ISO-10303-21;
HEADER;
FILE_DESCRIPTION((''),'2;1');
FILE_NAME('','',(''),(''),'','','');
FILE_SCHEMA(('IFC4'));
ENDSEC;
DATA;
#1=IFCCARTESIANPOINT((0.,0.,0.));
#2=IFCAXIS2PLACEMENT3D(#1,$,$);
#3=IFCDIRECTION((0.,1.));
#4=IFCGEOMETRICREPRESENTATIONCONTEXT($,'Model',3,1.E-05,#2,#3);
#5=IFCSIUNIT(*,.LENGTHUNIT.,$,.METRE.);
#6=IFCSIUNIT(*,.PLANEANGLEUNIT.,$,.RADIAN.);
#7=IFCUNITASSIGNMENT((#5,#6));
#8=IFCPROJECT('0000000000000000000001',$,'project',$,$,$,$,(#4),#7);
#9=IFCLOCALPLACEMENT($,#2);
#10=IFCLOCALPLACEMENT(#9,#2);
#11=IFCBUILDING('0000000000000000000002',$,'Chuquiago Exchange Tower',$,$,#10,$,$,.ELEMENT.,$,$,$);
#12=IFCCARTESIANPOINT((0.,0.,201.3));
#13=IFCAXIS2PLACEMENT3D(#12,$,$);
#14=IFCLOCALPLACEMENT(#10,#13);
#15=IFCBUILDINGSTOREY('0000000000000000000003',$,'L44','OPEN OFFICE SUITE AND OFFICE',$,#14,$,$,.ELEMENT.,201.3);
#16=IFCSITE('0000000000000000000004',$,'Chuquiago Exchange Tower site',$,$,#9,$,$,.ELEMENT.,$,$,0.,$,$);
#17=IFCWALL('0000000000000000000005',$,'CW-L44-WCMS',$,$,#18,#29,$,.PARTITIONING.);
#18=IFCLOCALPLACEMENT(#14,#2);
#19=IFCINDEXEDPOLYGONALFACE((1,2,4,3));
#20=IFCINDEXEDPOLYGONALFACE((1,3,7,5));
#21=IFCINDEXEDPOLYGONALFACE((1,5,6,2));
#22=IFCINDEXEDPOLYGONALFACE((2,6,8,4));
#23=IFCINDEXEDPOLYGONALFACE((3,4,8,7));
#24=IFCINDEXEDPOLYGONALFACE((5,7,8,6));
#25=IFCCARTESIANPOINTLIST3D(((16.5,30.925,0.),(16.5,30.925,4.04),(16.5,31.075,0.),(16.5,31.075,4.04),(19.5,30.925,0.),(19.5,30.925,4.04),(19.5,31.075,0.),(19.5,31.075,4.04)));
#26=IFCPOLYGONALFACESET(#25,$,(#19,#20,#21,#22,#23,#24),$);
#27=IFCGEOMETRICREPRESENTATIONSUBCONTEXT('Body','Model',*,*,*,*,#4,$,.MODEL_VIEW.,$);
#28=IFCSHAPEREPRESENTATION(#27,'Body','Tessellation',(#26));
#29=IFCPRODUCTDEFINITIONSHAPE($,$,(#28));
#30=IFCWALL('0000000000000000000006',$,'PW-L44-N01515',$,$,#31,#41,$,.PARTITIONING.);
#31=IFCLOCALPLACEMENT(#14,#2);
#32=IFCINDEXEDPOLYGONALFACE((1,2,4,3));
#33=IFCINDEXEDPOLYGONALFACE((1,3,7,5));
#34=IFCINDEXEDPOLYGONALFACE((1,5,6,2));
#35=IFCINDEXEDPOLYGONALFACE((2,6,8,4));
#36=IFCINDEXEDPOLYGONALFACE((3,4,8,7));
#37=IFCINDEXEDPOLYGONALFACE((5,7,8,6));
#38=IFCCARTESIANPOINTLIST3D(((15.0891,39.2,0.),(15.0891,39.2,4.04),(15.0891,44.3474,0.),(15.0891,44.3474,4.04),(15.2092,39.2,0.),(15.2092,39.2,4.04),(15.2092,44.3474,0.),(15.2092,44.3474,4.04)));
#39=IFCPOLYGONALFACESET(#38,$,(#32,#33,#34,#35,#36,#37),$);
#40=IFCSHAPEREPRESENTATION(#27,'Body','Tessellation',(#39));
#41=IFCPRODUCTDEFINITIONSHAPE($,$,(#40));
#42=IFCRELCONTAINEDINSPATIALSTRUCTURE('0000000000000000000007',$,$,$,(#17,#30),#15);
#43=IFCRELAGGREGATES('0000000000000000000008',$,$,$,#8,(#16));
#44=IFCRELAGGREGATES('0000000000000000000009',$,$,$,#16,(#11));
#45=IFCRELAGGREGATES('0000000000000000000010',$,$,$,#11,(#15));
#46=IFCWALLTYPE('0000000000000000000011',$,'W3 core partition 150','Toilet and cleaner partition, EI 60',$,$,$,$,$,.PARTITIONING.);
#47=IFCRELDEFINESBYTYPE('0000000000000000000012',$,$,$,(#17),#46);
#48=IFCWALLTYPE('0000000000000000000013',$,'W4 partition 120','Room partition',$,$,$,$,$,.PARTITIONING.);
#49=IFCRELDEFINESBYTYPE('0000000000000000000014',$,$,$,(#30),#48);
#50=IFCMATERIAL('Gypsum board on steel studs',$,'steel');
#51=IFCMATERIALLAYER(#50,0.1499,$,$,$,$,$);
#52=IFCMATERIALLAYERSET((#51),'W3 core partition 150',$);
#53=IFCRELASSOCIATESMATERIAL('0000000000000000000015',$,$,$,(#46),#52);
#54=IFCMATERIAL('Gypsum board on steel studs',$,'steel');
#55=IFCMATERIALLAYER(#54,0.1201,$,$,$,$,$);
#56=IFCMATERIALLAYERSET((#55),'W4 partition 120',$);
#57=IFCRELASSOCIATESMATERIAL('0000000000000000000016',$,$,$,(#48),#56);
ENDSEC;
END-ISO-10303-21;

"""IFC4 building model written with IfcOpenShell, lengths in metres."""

from ifc_helpers import new_model, si_unit, direction, frame, frame_2d, origin, place, context, subcontext, project, spatial, rectangle, extrude, material, layer, layer_set, type_object, element, save


model = new_model("IFC4")

# Units and contexts
model_context = context("Model", 3, precision=1e-05, world=origin(), true_north=direction((0.0, 1.0)))
body_context = subcontext(model_context, "Body", "Model", "MODEL_VIEW")
ifc_project = project(units=[si_unit("LENGTHUNIT", "METRE"), si_unit("PLANEANGLEUNIT", "RADIAN")], contexts=[model_context])

# Site, building, storey
site_placement = place(None, origin())
site = spatial("IfcSite", under=ifc_project, at=site_placement, Name="Chuquiago Exchange Tower site", CompositionType="ELEMENT", RefElevation=0.0)
building_placement = place(site_placement, origin())
building = spatial("IfcBuilding", under=site, at=building_placement, Name="Chuquiago Exchange Tower", CompositionType="ELEMENT")
storey_placement = place(building_placement, frame((0.0, 0.0, 201.3)))
storey = spatial("IfcBuildingStorey", under=building, at=storey_placement, Name="L44", Description="OPEN OFFICE SUITE AND OFFICE", CompositionType="ELEMENT", Elevation=201.3)

# Walls
ifc_material_1 = material(Name="Gypsum board on steel studs", Category="steel")
ifc_layer_1 = layer(ifc_material_1, 0.1499)
ifc_layer_set_1 = layer_set([ifc_layer_1], Name="W3 core partition 150")
wall_type_1 = type_object("IfcWallType", Name="W3 core partition 150", Description="Toilet and cleaner partition, EI 60", PredefinedType="PARTITIONING", material=ifc_layer_set_1)
wall_1_placement = place(storey_placement, frame((16.5, 31.0, 0.0), z_axis=(0.0, 0.0, 1.0), x_axis=(1.0, 0.0, 0.0)))
element("IfcWall", 1, at=wall_1_placement, inside=storey, type_object=wall_type_1, Name="CW-L44-WCMS", PredefinedType="PARTITIONING", context=body_context, shape_type="SweptSolid", body=[
    extrude(rectangle(XDim=3.0, YDim=0.1499, at=frame_2d((1.5, 0.0))), origin(), (0.0, 0.0, 1.0), 4.04),
])
ifc_material_2 = material(Name="Gypsum board on steel studs", Category="steel")
ifc_layer_2 = layer(ifc_material_2, 0.1201)
ifc_layer_set_2 = layer_set([ifc_layer_2], Name="W4 partition 120")
wall_type_2 = type_object("IfcWallType", Name="W4 partition 120", Description="Room partition", PredefinedType="PARTITIONING", material=ifc_layer_set_2)
wall_2_placement = place(storey_placement, frame((15.1492, 44.3474, 0.0), z_axis=(0.0, 0.0, 1.0), x_axis=(0.0, -1.0, 0.0)))
element("IfcWall", 2, at=wall_2_placement, inside=storey, type_object=wall_type_2, Name="PW-L44-N01515", PredefinedType="PARTITIONING", context=body_context, shape_type="SweptSolid", body=[
    extrude(rectangle(XDim=5.1475, YDim=0.1201, at=frame_2d((2.5737, 0.0))), origin(), (0.0, 0.0, 1.0), 4.04),
])

save(model, "model.ifc")
